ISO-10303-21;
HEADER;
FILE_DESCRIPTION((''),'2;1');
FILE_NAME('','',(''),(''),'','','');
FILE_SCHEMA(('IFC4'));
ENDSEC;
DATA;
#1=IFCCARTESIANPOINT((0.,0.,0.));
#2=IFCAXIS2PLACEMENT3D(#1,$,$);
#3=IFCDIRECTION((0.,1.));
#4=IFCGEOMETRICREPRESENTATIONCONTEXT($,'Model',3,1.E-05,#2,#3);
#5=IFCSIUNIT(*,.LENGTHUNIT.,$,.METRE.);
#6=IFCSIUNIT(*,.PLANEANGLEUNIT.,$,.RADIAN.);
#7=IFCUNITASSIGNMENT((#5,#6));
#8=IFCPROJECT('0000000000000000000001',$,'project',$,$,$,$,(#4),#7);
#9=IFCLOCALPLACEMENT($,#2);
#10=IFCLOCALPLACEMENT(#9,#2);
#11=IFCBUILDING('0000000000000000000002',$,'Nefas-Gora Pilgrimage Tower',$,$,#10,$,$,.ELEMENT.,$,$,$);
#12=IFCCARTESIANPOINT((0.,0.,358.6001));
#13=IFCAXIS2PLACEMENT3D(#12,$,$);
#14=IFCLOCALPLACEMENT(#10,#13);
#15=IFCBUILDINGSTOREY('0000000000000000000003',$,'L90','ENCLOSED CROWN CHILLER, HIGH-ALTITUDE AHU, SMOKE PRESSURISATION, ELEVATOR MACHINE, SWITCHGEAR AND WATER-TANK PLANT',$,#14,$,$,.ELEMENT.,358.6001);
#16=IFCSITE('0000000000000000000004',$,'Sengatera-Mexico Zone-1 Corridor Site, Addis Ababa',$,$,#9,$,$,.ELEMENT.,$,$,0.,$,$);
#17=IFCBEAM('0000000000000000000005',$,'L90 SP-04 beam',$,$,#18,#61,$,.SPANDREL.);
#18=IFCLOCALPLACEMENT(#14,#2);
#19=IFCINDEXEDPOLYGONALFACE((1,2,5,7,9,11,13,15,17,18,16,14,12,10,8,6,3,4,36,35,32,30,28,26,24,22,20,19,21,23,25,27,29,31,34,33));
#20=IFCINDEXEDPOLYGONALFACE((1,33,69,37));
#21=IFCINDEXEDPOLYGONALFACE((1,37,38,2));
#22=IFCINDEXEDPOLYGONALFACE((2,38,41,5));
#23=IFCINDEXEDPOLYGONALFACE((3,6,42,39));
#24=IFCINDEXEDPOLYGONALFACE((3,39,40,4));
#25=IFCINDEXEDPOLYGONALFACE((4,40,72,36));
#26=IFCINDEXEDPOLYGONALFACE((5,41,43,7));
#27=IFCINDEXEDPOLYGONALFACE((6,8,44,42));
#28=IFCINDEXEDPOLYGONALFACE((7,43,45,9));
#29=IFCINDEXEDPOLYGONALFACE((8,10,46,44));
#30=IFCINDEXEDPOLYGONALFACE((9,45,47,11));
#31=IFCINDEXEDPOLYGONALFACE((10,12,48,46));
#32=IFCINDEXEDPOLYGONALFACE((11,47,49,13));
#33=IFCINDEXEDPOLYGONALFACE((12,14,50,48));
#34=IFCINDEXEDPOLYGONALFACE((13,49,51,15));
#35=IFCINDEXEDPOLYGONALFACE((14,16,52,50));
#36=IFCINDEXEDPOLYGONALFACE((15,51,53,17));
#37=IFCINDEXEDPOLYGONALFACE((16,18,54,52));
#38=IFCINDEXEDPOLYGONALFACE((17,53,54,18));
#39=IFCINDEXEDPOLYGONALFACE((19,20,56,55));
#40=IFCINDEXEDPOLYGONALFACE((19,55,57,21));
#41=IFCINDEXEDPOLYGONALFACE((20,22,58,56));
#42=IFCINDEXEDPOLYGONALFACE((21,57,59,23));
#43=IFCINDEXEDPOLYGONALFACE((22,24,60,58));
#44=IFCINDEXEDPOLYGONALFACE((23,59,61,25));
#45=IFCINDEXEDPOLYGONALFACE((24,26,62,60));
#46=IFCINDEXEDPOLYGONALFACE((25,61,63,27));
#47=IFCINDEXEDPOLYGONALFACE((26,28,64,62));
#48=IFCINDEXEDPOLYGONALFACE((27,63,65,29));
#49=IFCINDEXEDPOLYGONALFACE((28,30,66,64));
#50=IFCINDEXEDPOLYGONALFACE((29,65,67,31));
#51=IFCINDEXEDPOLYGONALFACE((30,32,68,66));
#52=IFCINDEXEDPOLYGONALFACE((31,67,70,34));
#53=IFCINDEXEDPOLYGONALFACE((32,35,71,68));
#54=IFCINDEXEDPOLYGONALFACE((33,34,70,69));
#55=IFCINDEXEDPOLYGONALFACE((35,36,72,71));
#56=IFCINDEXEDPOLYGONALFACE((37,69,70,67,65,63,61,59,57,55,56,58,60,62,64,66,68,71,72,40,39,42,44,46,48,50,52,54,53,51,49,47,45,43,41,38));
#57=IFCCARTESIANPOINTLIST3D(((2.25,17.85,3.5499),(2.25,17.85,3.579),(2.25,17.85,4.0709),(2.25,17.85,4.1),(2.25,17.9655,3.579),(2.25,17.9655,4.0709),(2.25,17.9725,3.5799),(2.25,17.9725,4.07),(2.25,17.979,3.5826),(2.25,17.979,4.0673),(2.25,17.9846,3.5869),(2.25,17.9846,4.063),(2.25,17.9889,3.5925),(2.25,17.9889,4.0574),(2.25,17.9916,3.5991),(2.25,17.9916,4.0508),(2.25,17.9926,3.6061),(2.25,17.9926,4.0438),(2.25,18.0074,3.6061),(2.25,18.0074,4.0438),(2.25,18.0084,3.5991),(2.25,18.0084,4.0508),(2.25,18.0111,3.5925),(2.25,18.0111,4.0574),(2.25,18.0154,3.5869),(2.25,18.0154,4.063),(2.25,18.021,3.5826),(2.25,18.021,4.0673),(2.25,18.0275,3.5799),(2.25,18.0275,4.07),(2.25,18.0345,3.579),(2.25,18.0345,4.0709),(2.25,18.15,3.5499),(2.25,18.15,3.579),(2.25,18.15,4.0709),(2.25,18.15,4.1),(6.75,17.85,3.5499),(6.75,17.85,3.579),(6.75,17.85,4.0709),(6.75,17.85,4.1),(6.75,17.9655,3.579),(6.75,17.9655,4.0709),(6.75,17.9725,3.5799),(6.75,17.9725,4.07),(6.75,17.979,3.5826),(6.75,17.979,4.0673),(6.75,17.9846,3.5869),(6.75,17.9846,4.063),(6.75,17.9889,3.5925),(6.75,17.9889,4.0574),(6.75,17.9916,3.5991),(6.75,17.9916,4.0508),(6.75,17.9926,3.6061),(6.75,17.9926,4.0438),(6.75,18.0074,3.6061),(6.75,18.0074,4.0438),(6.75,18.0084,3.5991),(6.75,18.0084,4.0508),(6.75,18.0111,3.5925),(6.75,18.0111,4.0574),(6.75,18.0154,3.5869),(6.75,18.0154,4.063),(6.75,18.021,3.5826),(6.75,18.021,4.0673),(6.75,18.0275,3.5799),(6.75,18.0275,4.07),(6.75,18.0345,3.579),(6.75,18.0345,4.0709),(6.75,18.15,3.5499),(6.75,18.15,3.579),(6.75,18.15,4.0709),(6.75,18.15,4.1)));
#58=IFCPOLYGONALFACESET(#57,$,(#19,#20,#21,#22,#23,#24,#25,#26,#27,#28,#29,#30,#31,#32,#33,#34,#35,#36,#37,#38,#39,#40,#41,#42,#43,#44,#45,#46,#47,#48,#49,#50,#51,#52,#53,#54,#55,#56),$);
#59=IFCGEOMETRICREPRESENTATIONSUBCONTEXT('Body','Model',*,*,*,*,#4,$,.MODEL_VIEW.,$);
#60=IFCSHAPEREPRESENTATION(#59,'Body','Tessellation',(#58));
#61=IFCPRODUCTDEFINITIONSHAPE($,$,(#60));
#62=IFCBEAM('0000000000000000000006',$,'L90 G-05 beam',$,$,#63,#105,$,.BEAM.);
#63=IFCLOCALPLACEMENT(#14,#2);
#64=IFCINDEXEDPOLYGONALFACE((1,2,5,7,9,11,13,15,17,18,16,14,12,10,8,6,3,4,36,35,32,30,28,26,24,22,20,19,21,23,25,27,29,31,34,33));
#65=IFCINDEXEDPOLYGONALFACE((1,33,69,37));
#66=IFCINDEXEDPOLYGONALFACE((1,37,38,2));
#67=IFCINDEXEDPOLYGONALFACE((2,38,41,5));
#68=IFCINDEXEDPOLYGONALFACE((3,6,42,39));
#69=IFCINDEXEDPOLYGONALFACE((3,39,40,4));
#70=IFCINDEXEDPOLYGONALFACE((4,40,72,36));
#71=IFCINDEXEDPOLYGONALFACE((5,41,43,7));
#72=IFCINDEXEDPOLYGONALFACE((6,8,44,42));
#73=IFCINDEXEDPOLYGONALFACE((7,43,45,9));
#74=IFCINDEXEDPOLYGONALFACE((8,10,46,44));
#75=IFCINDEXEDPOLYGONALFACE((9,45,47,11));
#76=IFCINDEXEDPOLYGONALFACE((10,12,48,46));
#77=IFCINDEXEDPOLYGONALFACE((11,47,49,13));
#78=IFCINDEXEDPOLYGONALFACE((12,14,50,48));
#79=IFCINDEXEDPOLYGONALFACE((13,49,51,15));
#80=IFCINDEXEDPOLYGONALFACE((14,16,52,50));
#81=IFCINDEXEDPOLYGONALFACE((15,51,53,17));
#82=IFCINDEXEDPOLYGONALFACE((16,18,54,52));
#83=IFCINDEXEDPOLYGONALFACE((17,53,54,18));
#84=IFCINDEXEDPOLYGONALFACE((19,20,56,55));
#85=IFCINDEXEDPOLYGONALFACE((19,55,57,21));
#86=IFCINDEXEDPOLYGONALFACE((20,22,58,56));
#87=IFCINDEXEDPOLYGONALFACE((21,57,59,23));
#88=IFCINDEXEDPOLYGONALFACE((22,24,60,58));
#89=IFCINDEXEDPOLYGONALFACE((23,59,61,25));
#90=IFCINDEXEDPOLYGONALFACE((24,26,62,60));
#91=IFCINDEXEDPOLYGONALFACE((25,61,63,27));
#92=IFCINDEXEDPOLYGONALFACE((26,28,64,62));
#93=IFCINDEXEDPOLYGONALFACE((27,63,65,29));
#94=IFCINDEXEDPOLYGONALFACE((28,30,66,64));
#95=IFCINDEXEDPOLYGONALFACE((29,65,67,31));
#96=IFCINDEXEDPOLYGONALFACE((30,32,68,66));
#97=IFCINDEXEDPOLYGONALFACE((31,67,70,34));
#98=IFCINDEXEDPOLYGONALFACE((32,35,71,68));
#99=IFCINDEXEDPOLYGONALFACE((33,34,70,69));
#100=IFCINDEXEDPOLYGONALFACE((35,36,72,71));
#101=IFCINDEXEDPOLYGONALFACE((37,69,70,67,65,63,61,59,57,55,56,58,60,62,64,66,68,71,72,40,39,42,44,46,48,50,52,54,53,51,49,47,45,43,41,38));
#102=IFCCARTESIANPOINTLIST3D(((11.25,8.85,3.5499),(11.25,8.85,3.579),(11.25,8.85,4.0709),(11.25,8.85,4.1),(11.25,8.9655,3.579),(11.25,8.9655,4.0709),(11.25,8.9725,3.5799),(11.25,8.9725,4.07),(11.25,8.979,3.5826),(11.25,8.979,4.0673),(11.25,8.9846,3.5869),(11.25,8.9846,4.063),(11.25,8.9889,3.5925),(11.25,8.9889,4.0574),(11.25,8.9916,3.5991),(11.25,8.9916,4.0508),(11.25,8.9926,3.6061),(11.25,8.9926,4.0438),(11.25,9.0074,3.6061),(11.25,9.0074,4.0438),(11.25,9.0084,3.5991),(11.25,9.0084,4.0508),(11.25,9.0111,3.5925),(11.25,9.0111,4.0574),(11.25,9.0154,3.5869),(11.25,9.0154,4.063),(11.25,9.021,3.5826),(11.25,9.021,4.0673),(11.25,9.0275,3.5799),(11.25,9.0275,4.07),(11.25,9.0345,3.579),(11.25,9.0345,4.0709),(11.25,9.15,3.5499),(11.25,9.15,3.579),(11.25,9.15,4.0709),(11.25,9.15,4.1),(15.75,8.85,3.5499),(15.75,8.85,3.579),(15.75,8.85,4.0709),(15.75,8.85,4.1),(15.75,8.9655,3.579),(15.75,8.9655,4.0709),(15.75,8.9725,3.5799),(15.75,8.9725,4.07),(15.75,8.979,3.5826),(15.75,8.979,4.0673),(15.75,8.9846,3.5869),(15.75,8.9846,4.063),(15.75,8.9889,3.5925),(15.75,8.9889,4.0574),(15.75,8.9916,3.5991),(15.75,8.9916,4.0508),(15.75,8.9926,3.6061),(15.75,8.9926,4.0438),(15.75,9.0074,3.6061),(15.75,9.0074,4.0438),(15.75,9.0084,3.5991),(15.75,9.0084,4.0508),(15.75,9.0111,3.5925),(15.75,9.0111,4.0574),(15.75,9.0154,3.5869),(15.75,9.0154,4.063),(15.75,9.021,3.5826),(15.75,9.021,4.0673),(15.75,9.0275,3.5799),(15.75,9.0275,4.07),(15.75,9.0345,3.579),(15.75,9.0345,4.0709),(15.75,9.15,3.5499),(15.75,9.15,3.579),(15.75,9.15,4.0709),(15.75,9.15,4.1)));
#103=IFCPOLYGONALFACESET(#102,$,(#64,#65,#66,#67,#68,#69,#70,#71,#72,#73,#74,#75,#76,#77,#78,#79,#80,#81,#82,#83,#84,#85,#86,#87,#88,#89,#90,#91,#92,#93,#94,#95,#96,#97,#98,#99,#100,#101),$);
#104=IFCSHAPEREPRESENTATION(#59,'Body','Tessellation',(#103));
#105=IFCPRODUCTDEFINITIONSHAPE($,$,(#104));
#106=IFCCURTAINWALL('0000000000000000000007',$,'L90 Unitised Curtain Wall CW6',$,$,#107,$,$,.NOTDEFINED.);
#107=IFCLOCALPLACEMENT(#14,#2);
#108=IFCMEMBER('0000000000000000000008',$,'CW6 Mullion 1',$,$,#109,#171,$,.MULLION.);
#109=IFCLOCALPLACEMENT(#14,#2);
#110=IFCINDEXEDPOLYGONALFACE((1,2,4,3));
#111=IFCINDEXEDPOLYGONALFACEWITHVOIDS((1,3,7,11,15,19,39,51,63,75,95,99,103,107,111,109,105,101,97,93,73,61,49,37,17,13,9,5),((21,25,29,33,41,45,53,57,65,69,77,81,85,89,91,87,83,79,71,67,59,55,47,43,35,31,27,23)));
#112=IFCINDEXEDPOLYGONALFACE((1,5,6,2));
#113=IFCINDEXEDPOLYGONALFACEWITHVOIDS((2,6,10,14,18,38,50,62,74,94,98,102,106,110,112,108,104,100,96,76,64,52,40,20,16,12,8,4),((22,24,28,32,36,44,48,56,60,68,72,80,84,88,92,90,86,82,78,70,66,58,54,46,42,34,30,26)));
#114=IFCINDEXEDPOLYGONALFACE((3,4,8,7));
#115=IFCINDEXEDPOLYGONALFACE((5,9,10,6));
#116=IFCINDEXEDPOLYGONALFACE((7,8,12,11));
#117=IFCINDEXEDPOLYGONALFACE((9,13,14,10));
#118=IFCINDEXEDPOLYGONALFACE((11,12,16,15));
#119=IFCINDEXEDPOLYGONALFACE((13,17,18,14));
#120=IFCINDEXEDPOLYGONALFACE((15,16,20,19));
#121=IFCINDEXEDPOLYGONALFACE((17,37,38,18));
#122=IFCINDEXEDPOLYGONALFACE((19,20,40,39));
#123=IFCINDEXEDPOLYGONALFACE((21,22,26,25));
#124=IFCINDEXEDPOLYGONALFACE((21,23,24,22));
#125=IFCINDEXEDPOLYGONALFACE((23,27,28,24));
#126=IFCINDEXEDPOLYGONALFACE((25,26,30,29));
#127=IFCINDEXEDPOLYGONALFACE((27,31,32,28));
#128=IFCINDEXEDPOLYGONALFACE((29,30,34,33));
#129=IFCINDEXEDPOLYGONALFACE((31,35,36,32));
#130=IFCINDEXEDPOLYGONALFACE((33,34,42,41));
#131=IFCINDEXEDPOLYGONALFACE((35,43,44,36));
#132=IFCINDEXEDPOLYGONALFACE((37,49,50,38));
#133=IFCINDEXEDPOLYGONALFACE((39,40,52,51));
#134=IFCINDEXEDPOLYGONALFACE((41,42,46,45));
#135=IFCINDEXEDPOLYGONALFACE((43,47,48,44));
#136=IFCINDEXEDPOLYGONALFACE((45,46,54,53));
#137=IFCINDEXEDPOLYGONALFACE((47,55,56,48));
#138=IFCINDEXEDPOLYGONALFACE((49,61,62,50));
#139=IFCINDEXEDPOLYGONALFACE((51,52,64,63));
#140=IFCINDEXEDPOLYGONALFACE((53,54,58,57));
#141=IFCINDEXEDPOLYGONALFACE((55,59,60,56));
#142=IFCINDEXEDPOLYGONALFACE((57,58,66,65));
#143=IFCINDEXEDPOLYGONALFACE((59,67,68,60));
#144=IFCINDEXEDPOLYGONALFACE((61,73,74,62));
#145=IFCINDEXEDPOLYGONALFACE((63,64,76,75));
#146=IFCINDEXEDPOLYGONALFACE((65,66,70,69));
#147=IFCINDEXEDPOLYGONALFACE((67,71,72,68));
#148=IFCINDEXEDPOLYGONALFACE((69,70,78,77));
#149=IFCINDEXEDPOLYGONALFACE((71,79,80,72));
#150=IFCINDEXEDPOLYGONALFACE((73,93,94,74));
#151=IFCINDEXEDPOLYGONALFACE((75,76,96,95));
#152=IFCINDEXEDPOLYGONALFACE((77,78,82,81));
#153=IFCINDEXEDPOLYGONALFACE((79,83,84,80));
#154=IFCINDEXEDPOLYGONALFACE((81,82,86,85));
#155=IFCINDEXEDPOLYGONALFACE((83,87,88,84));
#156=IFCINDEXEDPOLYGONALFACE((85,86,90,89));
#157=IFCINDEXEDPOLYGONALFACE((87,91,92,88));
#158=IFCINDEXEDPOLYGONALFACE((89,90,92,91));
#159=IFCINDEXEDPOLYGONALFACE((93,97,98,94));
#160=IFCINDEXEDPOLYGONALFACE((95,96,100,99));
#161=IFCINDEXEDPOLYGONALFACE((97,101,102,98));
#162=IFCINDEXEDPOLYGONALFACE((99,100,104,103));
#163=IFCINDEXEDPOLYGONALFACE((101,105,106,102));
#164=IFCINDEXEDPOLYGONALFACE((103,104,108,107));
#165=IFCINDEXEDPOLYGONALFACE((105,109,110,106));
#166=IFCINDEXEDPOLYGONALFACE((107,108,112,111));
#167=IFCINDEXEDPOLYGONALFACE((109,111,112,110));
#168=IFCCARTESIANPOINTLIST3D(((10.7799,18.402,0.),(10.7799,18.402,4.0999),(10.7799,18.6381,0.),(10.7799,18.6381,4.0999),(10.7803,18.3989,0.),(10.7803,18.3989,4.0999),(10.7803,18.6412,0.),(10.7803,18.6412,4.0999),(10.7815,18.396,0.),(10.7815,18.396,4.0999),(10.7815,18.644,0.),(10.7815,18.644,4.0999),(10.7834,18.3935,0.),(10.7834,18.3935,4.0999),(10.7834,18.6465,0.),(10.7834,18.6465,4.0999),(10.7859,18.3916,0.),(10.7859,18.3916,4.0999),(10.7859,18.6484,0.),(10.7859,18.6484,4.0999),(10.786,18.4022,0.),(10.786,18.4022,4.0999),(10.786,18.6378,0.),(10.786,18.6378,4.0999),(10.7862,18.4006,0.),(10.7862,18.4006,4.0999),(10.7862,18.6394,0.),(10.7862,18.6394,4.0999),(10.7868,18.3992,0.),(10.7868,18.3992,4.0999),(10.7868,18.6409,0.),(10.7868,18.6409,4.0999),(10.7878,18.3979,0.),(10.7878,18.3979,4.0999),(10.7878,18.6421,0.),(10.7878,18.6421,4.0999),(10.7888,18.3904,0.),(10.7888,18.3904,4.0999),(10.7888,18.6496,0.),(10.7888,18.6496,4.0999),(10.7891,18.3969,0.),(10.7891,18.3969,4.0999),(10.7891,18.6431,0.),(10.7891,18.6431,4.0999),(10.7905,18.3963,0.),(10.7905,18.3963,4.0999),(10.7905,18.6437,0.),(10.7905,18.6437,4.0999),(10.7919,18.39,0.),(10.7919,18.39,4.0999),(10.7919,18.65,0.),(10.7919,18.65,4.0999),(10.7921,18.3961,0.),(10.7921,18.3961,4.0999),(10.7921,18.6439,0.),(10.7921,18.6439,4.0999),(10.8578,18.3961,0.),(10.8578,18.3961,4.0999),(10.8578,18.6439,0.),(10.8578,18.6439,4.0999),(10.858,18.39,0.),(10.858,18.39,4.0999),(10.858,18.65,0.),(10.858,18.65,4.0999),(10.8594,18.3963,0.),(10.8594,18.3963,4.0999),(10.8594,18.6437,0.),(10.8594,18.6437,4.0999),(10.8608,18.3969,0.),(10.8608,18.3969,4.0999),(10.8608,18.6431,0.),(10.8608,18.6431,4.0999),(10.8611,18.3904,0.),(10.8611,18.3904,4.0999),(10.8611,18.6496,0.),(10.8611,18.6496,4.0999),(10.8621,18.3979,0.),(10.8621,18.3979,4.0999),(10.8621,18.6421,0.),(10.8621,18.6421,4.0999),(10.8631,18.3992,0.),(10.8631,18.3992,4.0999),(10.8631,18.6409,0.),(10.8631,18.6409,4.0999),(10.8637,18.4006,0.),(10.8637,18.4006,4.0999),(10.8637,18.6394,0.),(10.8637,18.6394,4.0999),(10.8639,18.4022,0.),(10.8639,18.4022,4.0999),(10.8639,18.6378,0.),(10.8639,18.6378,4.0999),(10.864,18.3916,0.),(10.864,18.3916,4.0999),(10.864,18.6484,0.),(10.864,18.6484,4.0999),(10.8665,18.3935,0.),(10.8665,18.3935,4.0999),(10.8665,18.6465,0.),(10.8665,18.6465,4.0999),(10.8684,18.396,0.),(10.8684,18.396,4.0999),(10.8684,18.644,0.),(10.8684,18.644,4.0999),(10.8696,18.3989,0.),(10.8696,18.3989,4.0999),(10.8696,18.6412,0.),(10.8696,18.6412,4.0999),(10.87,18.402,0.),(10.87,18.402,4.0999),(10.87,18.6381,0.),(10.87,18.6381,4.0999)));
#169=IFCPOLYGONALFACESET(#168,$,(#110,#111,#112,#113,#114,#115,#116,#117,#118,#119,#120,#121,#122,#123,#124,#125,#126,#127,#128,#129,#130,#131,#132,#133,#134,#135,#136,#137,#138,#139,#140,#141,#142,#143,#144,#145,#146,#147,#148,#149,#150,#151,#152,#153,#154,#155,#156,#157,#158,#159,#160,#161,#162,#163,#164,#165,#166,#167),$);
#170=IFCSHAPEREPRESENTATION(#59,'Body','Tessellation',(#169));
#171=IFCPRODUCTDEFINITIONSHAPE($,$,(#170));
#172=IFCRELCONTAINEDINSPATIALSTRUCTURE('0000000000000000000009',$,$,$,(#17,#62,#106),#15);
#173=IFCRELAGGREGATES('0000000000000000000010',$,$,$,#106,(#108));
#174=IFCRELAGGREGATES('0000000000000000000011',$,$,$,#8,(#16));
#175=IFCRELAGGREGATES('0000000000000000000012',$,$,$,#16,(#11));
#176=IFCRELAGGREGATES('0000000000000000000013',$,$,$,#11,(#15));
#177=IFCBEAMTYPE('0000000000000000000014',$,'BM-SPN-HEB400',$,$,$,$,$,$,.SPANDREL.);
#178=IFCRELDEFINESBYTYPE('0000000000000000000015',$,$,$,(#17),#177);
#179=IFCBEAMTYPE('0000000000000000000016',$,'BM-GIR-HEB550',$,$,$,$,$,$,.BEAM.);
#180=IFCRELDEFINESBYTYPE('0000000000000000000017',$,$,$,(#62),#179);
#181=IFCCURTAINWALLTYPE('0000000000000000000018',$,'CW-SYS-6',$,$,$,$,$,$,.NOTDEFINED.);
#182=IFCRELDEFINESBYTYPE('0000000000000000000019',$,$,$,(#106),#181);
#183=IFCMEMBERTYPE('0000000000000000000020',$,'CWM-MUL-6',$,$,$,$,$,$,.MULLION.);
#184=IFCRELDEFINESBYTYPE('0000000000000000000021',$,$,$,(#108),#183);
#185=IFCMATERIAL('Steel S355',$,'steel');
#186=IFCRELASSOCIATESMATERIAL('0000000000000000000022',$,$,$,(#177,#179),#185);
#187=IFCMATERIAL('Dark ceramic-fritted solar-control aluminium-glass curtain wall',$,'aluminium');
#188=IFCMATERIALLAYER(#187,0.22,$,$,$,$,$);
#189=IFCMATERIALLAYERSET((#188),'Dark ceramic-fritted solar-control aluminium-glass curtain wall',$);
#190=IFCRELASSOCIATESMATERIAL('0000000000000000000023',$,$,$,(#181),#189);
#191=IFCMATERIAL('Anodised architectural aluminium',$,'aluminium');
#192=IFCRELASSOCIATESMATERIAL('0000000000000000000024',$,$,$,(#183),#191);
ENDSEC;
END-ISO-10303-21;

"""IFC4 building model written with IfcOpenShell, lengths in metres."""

from ifc_helpers import new_model, si_unit, direction, frame, origin, origin_2d, place, context, subcontext, project, spatial, hollow_rectangle, i_section, extrude, source, transform, mapped, material, layer, layer_set, material_profile, profile_set, type_object, element, aggregate, save


model = new_model("IFC4")

# Units and contexts
model_context = context("Model", 3, precision=1e-05, world=origin(), true_north=direction((0.0, 1.0)))
body_context = subcontext(model_context, "Body", "Model", "MODEL_VIEW")
ifc_project = project(units=[si_unit("LENGTHUNIT", "METRE"), si_unit("PLANEANGLEUNIT", "RADIAN")], contexts=[model_context])

# Site, building, storey
site_placement = place(None, origin())
site = spatial("IfcSite", under=ifc_project, at=site_placement, Name="Sengatera-Mexico Zone-1 Corridor Site, Addis Ababa", CompositionType="ELEMENT", RefElevation=0.0)
building_placement = place(site_placement, origin())
building = spatial("IfcBuilding", under=site, at=building_placement, Name="Nefas-Gora Pilgrimage Tower", CompositionType="ELEMENT")
storey_placement = place(building_placement, frame((0.0, 0.0, 358.6001)))
storey = spatial("IfcBuildingStorey", under=building, at=storey_placement, Name="L90", Description="ENCLOSED CROWN CHILLER, HIGH-ALTITUDE AHU, SMOKE PRESSURISATION, ELEVATOR MACHINE, SWITCHGEAR AND WATER-TANK PLANT", CompositionType="ELEMENT", Elevation=358.6001)

# Shared definitions
ifc_material_1 = material(Name="Steel S355", Category="steel")

# Beams
ifc_material_profile_1 = material_profile(ifc_material_1, i_section(OverallWidth=0.3, OverallDepth=0.55, WebThickness=0.0149, FlangeThickness=0.0291, FilletRadius=0.0271, at=origin_2d()), Name="HEB 550")
ifc_profile_set_1 = profile_set([ifc_material_profile_1], Name="Steel S355")
beam_type_1 = type_object("IfcBeamType", Name="BM-SPN-HEB400", PredefinedType="SPANDREL", material=ifc_profile_set_1)
shared_shape_1 = source(origin(), body_context, "Body", "SweptSolid", [
    extrude(i_section(OverallWidth=0.3, OverallDepth=0.55, WebThickness=0.0149, FlangeThickness=0.0291, FilletRadius=0.0271, at=origin_2d()), origin(), (0.0, 0.0, 1.0), 4.5),
])
beam_1_placement = place(storey_placement, frame((2.25, 18.0, 3.825), z_axis=(1.0, 0.0, 0.0), x_axis=(0.0, 1.0, 0.0)))
element("IfcBeam", 1, at=beam_1_placement, inside=storey, type_object=beam_type_1, Name="L90 SP-04 beam", PredefinedType="SPANDREL", context=body_context, shape_type="MappedRepresentation", body=[
    mapped(shared_shape_1, transform((0.0, 0.0, 0.0), x_axis=(1.0, 0.0, 0.0), y_axis=(0.0, 1.0, 0.0), z_axis=(0.0, 0.0, 1.0), scale=1.0)),
])
ifc_material_profile_2 = material_profile(ifc_material_1, i_section(OverallWidth=0.3, OverallDepth=0.55, WebThickness=0.0149, FlangeThickness=0.0291, FilletRadius=0.0271, at=origin_2d()), Name="HEB 550")
ifc_profile_set_2 = profile_set([ifc_material_profile_2], Name="Steel S355")
beam_type_2 = type_object("IfcBeamType", Name="BM-GIR-HEB550", PredefinedType="BEAM", material=ifc_profile_set_2)
shared_shape_2 = source(origin(), body_context, "Body", "SweptSolid", [
    extrude(i_section(OverallWidth=0.3, OverallDepth=0.55, WebThickness=0.0149, FlangeThickness=0.0291, FilletRadius=0.0271, at=origin_2d()), origin(), (0.0, 0.0, 1.0), 4.5),
])
beam_2_placement = place(storey_placement, frame((11.25, 9.0, 3.825), z_axis=(1.0, 0.0, 0.0), x_axis=(0.0, 1.0, 0.0)))
element("IfcBeam", 2, at=beam_2_placement, inside=storey, type_object=beam_type_2, Name="L90 G-05 beam", PredefinedType="BEAM", context=body_context, shape_type="MappedRepresentation", body=[
    mapped(shared_shape_2, transform((0.0, 0.0, 0.0), x_axis=(1.0, 0.0, 0.0), y_axis=(0.0, 1.0, 0.0), z_axis=(0.0, 0.0, 1.0), scale=1.0)),
])

# Curtain wall, member
ifc_material_2 = material(Name="Dark ceramic-fritted solar-control aluminium-glass curtain wall", Category="aluminium")
ifc_layer_1 = layer(ifc_material_2, 0.22)
ifc_layer_set_1 = layer_set([ifc_layer_1], Name="Dark ceramic-fritted solar-control aluminium-glass curtain wall")
curtain_wall_type = type_object("IfcCurtainWallType", Name="CW-SYS-6", PredefinedType="NOTDEFINED", material=ifc_layer_set_1)
curtain_wall_1_placement = place(storey_placement, origin())
curtain_wall_1 = element("IfcCurtainWall", 3, at=curtain_wall_1_placement, inside=storey, type_object=curtain_wall_type, Name="L90 Unitised Curtain Wall CW6", PredefinedType="NOTDEFINED")
ifc_material_3 = material(Name="Anodised architectural aluminium", Category="aluminium")
ifc_material_profile_3 = material_profile(ifc_material_3, hollow_rectangle(XDim=0.0901, YDim=0.26, WallThickness=0.0061, InnerFilletRadius=0.0061, OuterFilletRadius=0.012, at=origin_2d()), Name="ALU MULLION 90x260")
ifc_profile_set_3 = profile_set([ifc_material_profile_3], Name="Anodised architectural aluminium")
member_type_1 = type_object("IfcMemberType", Name="CWM-MUL-6", PredefinedType="MULLION", material=ifc_profile_set_3)
shared_shape_3 = source(origin(), body_context, "Body", "SweptSolid", [
    extrude(hollow_rectangle(XDim=0.0901, YDim=0.26, WallThickness=0.0061, InnerFilletRadius=0.0061, OuterFilletRadius=0.012, at=origin_2d()), origin(), (0.0, 0.0, 1.0), 4.0999),
])
member_1_placement = place(storey_placement, frame((10.825, 18.52, 0.0), z_axis=(0.0, 0.0, 1.0), x_axis=(-1.0, 0.0, 0.0)))
member_1 = element("IfcMember", 4, at=member_1_placement, type_object=member_type_1, Name="CW6 Mullion 1", PredefinedType="MULLION", context=body_context, shape_type="MappedRepresentation", body=[
    mapped(shared_shape_3, transform((0.0, 0.0, 0.0), x_axis=(1.0, 0.0, 0.0), y_axis=(0.0, 1.0, 0.0), z_axis=(0.0, 0.0, 1.0), scale=1.0)),
])

aggregate(curtain_wall_1, [member_1])

save(model, "model.ifc")
